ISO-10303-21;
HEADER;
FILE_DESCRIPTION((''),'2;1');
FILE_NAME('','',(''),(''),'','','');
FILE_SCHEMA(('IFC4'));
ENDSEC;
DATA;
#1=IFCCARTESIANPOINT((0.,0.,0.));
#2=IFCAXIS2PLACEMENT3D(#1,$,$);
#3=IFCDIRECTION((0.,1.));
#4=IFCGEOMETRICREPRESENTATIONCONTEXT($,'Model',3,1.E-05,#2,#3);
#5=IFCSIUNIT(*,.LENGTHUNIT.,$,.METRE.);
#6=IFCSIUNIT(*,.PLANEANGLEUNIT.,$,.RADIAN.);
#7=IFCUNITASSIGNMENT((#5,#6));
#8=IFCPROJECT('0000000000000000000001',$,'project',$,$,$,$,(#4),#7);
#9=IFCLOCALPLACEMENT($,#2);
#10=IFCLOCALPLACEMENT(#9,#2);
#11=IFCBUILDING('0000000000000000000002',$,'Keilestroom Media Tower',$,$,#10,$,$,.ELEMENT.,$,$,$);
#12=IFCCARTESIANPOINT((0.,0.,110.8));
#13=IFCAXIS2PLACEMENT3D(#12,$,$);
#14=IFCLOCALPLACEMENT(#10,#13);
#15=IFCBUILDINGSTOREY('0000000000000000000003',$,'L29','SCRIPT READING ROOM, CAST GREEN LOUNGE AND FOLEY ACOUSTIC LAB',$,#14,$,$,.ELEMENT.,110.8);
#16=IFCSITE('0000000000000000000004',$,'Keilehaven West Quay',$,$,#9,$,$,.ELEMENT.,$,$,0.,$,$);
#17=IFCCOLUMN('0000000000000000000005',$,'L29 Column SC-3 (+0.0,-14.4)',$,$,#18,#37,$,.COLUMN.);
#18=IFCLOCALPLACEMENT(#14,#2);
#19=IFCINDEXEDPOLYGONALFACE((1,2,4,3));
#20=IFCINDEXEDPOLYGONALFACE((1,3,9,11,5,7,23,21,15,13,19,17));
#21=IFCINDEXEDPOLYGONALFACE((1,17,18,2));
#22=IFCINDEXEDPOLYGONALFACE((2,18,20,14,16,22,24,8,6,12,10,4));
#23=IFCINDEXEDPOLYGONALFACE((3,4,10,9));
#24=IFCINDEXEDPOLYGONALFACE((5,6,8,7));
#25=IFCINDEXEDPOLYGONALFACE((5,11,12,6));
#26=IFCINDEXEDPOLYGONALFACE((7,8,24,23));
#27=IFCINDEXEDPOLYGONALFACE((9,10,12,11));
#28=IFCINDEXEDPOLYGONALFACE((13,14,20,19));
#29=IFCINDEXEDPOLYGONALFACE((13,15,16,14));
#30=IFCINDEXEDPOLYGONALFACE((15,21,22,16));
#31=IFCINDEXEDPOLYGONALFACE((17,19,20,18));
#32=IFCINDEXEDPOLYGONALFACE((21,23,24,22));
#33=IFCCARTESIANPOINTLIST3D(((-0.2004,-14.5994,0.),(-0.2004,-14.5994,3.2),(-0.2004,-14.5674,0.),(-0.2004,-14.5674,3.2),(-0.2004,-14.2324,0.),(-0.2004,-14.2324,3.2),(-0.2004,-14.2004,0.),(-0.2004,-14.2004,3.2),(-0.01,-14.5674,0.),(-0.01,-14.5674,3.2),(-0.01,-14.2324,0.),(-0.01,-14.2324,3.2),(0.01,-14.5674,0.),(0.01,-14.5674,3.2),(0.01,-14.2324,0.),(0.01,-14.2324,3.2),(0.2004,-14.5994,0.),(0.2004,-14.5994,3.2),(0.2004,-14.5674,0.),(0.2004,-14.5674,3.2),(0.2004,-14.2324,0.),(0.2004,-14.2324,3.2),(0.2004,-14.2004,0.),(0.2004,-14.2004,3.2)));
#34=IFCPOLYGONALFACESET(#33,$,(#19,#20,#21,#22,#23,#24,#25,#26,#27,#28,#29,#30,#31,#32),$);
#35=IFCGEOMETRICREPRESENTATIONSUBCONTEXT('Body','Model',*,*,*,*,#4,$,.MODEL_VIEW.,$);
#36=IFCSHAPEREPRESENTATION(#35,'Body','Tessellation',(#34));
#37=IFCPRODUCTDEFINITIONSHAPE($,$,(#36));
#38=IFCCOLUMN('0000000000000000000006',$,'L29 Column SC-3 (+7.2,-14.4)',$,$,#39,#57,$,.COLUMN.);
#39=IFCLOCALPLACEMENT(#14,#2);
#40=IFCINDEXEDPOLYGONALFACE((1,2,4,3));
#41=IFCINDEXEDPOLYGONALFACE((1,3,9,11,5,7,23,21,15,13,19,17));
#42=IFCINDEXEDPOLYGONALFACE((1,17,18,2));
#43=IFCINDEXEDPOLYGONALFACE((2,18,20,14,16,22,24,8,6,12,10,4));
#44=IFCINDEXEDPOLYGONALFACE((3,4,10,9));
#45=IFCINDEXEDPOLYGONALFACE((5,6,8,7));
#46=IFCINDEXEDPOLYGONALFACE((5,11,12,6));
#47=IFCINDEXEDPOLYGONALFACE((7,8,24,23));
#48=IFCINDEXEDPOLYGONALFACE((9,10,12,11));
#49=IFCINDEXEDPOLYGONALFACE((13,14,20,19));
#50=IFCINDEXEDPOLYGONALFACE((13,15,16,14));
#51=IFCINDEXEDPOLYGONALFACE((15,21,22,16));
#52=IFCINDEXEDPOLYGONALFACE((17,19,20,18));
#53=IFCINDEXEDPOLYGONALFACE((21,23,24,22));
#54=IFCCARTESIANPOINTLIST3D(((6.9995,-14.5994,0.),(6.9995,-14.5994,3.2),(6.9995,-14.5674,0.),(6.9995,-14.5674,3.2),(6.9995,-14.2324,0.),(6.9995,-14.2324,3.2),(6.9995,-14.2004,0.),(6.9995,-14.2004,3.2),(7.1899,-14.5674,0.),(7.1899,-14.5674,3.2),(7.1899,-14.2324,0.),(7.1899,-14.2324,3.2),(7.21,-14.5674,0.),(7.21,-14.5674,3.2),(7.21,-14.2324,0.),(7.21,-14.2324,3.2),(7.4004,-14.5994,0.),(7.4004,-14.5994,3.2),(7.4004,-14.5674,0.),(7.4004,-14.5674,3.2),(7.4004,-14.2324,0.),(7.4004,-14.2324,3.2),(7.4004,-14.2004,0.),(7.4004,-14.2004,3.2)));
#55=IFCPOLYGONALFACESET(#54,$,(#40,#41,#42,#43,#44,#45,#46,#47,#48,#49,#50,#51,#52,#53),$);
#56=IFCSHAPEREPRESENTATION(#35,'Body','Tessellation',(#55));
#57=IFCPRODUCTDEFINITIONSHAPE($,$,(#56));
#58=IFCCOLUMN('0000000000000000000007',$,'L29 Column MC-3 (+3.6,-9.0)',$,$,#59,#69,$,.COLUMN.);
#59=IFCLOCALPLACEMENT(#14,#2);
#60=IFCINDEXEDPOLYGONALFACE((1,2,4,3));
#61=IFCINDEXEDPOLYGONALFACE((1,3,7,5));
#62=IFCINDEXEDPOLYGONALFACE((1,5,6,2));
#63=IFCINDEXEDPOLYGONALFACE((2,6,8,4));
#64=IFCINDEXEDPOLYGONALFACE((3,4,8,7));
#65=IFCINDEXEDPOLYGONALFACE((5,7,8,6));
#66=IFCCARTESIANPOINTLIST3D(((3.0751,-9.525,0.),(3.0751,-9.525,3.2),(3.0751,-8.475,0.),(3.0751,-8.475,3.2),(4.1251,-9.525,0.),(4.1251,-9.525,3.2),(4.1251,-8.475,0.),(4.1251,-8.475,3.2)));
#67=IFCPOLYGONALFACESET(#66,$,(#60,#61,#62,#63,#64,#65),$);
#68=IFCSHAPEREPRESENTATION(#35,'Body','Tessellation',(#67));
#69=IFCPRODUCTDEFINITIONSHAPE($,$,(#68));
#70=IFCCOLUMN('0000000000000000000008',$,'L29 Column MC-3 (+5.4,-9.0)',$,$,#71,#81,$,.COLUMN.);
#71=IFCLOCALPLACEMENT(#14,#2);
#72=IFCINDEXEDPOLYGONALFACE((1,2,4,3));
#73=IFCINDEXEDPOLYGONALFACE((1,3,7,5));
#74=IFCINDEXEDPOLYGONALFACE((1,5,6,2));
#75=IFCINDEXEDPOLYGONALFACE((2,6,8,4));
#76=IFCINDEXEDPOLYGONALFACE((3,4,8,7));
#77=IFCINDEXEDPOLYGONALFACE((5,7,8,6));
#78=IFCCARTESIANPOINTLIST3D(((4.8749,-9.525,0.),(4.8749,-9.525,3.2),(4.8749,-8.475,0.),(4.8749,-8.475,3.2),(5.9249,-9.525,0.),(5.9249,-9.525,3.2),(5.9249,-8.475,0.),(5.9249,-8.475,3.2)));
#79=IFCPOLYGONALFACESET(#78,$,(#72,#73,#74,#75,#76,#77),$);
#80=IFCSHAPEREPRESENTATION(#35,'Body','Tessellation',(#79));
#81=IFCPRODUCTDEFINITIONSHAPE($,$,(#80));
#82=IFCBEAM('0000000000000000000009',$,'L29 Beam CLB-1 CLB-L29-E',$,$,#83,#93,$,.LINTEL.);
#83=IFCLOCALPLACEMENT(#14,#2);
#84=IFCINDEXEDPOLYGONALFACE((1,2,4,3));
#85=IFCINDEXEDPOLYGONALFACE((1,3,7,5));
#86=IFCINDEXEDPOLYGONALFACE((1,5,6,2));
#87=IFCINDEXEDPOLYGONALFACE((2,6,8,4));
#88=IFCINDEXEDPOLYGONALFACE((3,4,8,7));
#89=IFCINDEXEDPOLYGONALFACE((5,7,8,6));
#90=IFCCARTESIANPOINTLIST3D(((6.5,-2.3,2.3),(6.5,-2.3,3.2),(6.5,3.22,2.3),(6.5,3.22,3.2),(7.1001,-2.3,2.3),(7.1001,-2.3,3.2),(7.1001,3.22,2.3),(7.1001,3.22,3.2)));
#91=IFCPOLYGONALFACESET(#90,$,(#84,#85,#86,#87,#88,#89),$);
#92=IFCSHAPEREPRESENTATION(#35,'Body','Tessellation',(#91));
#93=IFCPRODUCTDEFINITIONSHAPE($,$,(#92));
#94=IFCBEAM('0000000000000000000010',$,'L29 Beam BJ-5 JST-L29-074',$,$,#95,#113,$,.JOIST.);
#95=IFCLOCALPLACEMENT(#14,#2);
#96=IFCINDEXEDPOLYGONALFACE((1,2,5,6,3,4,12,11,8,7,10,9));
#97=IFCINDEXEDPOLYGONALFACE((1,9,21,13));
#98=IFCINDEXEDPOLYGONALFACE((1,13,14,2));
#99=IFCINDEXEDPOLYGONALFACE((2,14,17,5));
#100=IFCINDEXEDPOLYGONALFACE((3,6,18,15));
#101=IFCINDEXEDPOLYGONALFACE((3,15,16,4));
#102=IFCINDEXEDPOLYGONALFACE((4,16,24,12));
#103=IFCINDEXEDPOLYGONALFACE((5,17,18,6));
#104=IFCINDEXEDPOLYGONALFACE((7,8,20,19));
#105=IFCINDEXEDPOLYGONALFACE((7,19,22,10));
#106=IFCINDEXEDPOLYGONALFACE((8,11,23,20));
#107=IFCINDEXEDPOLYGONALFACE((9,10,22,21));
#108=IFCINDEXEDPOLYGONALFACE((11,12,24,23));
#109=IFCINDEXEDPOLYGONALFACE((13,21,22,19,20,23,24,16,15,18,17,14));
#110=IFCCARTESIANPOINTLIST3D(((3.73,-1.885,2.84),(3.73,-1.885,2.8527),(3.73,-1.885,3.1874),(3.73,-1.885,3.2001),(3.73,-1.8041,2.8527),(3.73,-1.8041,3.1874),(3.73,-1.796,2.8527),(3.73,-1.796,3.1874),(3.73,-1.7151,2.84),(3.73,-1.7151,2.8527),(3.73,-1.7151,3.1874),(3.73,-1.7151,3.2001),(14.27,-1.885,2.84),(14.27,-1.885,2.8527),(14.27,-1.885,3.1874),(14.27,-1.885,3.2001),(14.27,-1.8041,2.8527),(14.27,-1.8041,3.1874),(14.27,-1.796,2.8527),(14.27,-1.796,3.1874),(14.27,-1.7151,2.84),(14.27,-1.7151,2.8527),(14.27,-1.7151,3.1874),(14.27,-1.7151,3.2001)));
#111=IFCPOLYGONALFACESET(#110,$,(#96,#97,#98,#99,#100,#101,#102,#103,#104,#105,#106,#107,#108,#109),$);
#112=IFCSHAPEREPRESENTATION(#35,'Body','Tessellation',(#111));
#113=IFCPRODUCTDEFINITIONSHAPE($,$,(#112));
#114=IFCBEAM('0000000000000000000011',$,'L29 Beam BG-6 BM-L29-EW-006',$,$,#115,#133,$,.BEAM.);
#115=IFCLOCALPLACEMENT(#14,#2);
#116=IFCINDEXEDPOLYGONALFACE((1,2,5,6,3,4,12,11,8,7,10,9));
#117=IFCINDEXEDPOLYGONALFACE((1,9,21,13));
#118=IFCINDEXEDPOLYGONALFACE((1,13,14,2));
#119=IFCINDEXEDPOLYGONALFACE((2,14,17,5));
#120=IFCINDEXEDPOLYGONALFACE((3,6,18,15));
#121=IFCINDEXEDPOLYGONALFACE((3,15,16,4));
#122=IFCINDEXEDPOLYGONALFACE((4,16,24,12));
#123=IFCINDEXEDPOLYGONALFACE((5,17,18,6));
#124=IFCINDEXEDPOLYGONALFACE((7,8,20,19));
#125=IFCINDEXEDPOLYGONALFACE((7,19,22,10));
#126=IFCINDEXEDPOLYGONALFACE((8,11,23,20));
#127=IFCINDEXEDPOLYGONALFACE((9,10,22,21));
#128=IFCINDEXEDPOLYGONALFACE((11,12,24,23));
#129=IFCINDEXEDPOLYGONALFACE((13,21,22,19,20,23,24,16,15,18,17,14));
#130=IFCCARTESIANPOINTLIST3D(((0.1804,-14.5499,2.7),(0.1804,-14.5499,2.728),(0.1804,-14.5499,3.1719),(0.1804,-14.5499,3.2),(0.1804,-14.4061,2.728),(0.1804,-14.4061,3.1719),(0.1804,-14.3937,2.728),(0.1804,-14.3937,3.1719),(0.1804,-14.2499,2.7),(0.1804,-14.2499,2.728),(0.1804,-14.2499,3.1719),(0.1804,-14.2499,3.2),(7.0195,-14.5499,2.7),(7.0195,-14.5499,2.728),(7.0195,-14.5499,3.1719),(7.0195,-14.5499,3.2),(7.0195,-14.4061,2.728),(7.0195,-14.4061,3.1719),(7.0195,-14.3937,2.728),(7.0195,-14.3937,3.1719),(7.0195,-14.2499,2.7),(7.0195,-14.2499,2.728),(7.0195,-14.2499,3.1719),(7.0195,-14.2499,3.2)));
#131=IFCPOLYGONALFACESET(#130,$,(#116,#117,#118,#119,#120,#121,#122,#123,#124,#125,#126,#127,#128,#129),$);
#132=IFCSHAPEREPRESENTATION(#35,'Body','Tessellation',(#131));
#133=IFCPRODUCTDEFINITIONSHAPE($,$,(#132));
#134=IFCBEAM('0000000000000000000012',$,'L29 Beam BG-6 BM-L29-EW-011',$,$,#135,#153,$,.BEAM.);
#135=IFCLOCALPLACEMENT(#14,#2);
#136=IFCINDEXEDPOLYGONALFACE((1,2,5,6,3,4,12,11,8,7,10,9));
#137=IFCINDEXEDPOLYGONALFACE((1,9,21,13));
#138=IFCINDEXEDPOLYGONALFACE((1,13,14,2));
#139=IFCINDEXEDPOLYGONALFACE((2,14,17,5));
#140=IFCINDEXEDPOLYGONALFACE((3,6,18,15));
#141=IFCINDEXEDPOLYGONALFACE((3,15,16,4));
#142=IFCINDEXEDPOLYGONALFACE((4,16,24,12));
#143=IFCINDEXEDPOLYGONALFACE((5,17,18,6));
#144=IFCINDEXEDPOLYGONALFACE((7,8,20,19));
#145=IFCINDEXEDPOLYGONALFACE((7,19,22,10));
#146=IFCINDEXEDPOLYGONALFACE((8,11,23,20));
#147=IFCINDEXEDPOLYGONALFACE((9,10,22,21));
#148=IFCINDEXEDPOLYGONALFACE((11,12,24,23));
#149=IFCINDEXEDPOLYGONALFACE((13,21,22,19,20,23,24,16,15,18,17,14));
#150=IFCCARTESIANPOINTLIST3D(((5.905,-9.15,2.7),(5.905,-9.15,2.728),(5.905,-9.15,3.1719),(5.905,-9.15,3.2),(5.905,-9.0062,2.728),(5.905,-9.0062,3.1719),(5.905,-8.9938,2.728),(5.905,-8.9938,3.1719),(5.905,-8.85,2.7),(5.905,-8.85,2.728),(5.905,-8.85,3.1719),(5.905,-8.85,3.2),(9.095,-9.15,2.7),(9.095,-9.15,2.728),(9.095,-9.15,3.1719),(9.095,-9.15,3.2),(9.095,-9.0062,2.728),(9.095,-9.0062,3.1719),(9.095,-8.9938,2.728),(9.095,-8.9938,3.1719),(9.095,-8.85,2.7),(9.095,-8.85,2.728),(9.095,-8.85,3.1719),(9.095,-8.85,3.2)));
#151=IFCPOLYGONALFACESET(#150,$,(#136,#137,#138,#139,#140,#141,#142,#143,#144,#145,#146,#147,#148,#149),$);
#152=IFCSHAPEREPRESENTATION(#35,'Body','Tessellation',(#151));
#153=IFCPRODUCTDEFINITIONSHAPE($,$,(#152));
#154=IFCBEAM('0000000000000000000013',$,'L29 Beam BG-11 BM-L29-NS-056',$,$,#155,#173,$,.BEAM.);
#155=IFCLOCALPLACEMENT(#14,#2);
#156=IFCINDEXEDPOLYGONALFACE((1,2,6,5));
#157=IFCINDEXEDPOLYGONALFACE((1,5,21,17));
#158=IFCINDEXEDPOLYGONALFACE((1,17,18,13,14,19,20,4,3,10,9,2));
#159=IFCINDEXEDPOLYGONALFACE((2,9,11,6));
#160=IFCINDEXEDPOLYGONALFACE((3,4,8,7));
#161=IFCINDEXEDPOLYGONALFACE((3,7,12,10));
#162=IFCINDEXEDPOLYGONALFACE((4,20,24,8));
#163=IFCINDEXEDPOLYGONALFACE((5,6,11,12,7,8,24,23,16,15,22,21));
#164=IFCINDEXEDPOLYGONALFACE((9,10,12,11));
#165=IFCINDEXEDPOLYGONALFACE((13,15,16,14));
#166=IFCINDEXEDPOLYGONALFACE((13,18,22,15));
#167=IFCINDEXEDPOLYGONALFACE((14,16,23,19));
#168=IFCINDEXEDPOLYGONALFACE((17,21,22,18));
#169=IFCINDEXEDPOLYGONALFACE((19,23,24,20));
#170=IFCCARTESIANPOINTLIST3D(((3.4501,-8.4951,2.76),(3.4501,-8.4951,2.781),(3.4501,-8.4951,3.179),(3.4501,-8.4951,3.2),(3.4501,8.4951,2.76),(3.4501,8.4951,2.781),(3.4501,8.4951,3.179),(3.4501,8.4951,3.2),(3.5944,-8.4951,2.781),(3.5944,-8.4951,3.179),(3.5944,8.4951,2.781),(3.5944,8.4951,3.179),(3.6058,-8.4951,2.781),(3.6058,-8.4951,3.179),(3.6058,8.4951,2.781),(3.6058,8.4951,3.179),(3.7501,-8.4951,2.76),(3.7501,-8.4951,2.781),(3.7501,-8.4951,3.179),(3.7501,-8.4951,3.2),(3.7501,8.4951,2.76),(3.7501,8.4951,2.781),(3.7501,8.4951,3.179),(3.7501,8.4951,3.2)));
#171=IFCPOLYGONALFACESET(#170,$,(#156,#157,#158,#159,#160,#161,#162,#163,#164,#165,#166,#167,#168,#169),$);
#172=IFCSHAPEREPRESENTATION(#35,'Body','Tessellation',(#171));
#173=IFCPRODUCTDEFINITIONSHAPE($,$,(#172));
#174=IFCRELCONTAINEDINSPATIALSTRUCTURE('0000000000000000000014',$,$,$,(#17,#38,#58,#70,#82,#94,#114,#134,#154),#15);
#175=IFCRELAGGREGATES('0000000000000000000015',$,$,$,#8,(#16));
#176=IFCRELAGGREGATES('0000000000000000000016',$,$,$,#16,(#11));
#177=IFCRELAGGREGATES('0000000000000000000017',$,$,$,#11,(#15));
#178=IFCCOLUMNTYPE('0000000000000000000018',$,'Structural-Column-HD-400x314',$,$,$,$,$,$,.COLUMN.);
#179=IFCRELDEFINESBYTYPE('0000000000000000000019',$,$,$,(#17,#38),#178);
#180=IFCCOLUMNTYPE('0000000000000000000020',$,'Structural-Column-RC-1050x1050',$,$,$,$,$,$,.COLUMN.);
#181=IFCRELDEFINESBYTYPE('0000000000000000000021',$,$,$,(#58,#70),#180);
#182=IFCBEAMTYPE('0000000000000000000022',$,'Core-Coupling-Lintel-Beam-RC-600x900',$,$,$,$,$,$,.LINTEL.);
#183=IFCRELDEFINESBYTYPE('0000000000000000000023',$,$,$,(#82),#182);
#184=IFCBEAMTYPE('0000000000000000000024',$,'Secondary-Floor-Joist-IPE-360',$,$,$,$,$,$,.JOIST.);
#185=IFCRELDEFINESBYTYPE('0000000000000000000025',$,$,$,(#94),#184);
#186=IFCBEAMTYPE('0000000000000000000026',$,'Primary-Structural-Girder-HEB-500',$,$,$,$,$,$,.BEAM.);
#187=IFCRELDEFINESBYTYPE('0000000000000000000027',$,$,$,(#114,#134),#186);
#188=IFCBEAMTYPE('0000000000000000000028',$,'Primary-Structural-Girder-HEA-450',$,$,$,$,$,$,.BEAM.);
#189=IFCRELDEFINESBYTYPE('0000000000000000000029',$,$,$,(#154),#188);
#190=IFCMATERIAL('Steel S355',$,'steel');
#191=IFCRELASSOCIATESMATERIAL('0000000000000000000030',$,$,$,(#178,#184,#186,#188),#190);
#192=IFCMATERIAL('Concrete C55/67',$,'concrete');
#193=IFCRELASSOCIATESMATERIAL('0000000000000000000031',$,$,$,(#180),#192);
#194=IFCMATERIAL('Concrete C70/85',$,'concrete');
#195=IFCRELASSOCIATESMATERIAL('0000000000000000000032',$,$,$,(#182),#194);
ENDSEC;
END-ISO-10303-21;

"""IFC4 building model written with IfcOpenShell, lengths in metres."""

from ifc_helpers import new_model, si_unit, direction, frame, origin, origin_2d, place, context, subcontext, project, spatial, rectangle, i_section, extrude, source, transform, mapped, material, material_profile, profile_set, type_object, element, save


model = new_model("IFC4")

# Units and contexts
model_context = context("Model", 3, precision=1e-05, world=origin(), true_north=direction((0.0, 1.0)))
body_context = subcontext(model_context, "Body", "Model", "MODEL_VIEW")
ifc_project = project(units=[si_unit("LENGTHUNIT", "METRE"), si_unit("PLANEANGLEUNIT", "RADIAN")], contexts=[model_context])

# Site, building, storey
site_placement = place(None, origin())
site = spatial("IfcSite", under=ifc_project, at=site_placement, Name="Keilehaven West Quay", CompositionType="ELEMENT", RefElevation=0.0)
building_placement = place(site_placement, origin())
building = spatial("IfcBuilding", under=site, at=building_placement, Name="Keilestroom Media Tower", CompositionType="ELEMENT")
storey_placement = place(building_placement, frame((0.0, 0.0, 110.8)))
storey = spatial("IfcBuildingStorey", under=building, at=storey_placement, Name="L29", Description="SCRIPT READING ROOM, CAST GREEN LOUNGE AND FOLEY ACOUSTIC LAB", CompositionType="ELEMENT", Elevation=110.8)

# Columns
ifc_material_1 = material(Name="Steel S355", Category="steel")
ifc_material_profile_1 = material_profile(ifc_material_1, i_section(OverallWidth=0.4009, OverallDepth=0.3989, WebThickness=0.02, FlangeThickness=0.032, at=origin_2d()), Name="HD 400x314")
ifc_profile_set_1 = profile_set([ifc_material_profile_1], Name="Steel S355")
column_type_1 = type_object("IfcColumnType", Name="Structural-Column-HD-400x314", PredefinedType="COLUMN", material=ifc_profile_set_1)
shared_shape_1 = source(origin(), body_context, "Body", "SweptSolid", [
    extrude(i_section(OverallWidth=0.4009, OverallDepth=0.3989, WebThickness=0.02, FlangeThickness=0.032, at=origin_2d()), origin(), (0.0, 0.0, 1.0), 3.2),
])
for number, where, z_axis, x_axis, name in (
    (1, (0.0, -14.3999, 0.0), (0.0, 0.0, 1.0), (1.0, 0.0, 0.0), "L29 Column SC-3 (+0.0,-14.4)"),
    (2, (7.2, -14.3999, 0.0), (0.0, 0.0, 1.0), (1.0, 0.0, 0.0), "L29 Column SC-3 (+7.2,-14.4)"),
):
    element("IfcColumn", number, at=place(storey_placement, frame(where, z_axis=z_axis, x_axis=x_axis)), inside=storey, type_object=column_type_1, Name=name, PredefinedType="COLUMN", context=body_context, shape_type="MappedRepresentation", body=[
        mapped(shared_shape_1, transform((0.0, 0.0, 0.0), x_axis=(1.0, 0.0, 0.0), y_axis=(0.0, 1.0, 0.0), z_axis=(0.0, 0.0, 1.0), scale=1.0)),
    ])
ifc_material_2 = material(Name="Concrete C55/67", Category="concrete")
ifc_material_profile_2 = material_profile(ifc_material_2, rectangle(XDim=1.05, YDim=1.05, at=origin_2d()), Name="RC 1050x1050")
ifc_profile_set_2 = profile_set([ifc_material_profile_2], Name="Concrete C55/67")
column_type_2 = type_object("IfcColumnType", Name="Structural-Column-RC-1050x1050", PredefinedType="COLUMN", material=ifc_profile_set_2)
shared_shape_2 = source(origin(), body_context, "Body", "SweptSolid", [
    extrude(rectangle(XDim=1.05, YDim=1.05, at=origin_2d()), origin(), (0.0, 0.0, 1.0), 3.2),
])
for number, where, z_axis, x_axis, name in (
    (3, (3.6001, -9.0, 0.0), (0.0, 0.0, 1.0), (1.0, 0.0, 0.0), "L29 Column MC-3 (+3.6,-9.0)"),
    (4, (5.3999, -9.0, 0.0), (0.0, 0.0, 1.0), (1.0, 0.0, 0.0), "L29 Column MC-3 (+5.4,-9.0)"),
):
    element("IfcColumn", number, at=place(storey_placement, frame(where, z_axis=z_axis, x_axis=x_axis)), inside=storey, type_object=column_type_2, Name=name, PredefinedType="COLUMN", context=body_context, shape_type="MappedRepresentation", body=[
        mapped(shared_shape_2, transform((0.0, 0.0, 0.0), x_axis=(1.0, 0.0, 0.0), y_axis=(0.0, 1.0, 0.0), z_axis=(0.0, 0.0, 1.0), scale=1.0)),
    ])

# Beams
ifc_material_3 = material(Name="Concrete C70/85", Category="concrete")
ifc_material_profile_3 = material_profile(ifc_material_3, rectangle(XDim=0.6001, YDim=0.8999, at=origin_2d()), Name="RC 600x900")
ifc_profile_set_3 = profile_set([ifc_material_profile_3], Name="Concrete C70/85")
beam_type_1 = type_object("IfcBeamType", Name="Core-Coupling-Lintel-Beam-RC-600x900", PredefinedType="LINTEL", material=ifc_profile_set_3)
shared_shape_3 = source(origin(), body_context, "Body", "SweptSolid", [
    extrude(rectangle(XDim=0.6001, YDim=0.8999, at=origin_2d()), origin(), (0.0, 0.0, 1.0), 5.52),
])
beam_1_placement = place(storey_placement, frame((6.8, -2.3, 2.75), z_axis=(0.0, 1.0, 0.0), x_axis=(-1.0, 0.0, 0.0)))
element("IfcBeam", 5, at=beam_1_placement, inside=storey, type_object=beam_type_1, Name="L29 Beam CLB-1 CLB-L29-E", PredefinedType="LINTEL", context=body_context, shape_type="MappedRepresentation", body=[
    mapped(shared_shape_3, transform((0.0, 0.0, 0.0), x_axis=(1.0, 0.0, 0.0), y_axis=(0.0, 1.0, 0.0), z_axis=(0.0, 0.0, 1.0), scale=1.0)),
])
ifc_material_profile_4 = material_profile(ifc_material_1, i_section(OverallWidth=0.1699, OverallDepth=0.3601, WebThickness=0.0081, FlangeThickness=0.0127, at=origin_2d()), Name="IPE 360")
ifc_profile_set_4 = profile_set([ifc_material_profile_4], Name="Steel S355")
beam_type_2 = type_object("IfcBeamType", Name="Secondary-Floor-Joist-IPE-360", PredefinedType="JOIST", material=ifc_profile_set_4)
shared_shape_4 = source(origin(), body_context, "Body", "SweptSolid", [
    extrude(i_section(OverallWidth=0.1699, OverallDepth=0.3601, WebThickness=0.0081, FlangeThickness=0.0127, at=origin_2d()), origin(), (0.0, 0.0, 1.0), 10.54),
])
beam_2_placement = place(storey_placement, frame((3.73, -1.8, 3.02), z_axis=(1.0, 0.0, 0.0), x_axis=(0.0, 1.0, 0.0)))
element("IfcBeam", 6, at=beam_2_placement, inside=storey, type_object=beam_type_2, Name="L29 Beam BJ-5 JST-L29-074", PredefinedType="JOIST", context=body_context, shape_type="MappedRepresentation", body=[
    mapped(shared_shape_4, transform((0.0, 0.0, 0.0), x_axis=(1.0, 0.0, 0.0), y_axis=(0.0, 1.0, 0.0), z_axis=(0.0, 0.0, 1.0), scale=1.0)),
])
ifc_material_profile_5 = material_profile(ifc_material_1, i_section(OverallWidth=0.3, OverallDepth=0.5, WebThickness=0.0125, FlangeThickness=0.0281, at=origin_2d()), Name="HEB 500")
ifc_profile_set_5 = profile_set([ifc_material_profile_5], Name="Steel S355")
beam_type_3 = type_object("IfcBeamType", Name="Primary-Structural-Girder-HEB-500", PredefinedType="BEAM", material=ifc_profile_set_5)
shared_shape_5 = source(origin(), body_context, "Body", "SweptSolid", [
    extrude(i_section(OverallWidth=0.3, OverallDepth=0.5, WebThickness=0.0125, FlangeThickness=0.0281, at=origin_2d()), origin(), (0.0, 0.0, 1.0), 6.8391),
])
beam_3_placement = place(storey_placement, frame((0.1804, -14.3999, 2.95), z_axis=(1.0, 0.0, 0.0), x_axis=(0.0, 1.0, 0.0)))
element("IfcBeam", 7, at=beam_3_placement, inside=storey, type_object=beam_type_3, Name="L29 Beam BG-6 BM-L29-EW-006", PredefinedType="BEAM", context=body_context, shape_type="MappedRepresentation", body=[
    mapped(shared_shape_5, transform((0.0, 0.0, 0.0), x_axis=(1.0, 0.0, 0.0), y_axis=(0.0, 1.0, 0.0), z_axis=(0.0, 0.0, 1.0), scale=1.0)),
])
shared_shape_6 = source(origin(), body_context, "Body", "SweptSolid", [
    extrude(i_section(OverallWidth=0.3, OverallDepth=0.5, WebThickness=0.0125, FlangeThickness=0.0281, at=origin_2d()), origin(), (0.0, 0.0, 1.0), 3.1899),
])
beam_4_placement = place(storey_placement, frame((5.905, -9.0, 2.95), z_axis=(1.0, 0.0, 0.0), x_axis=(0.0, 1.0, 0.0)))
element("IfcBeam", 8, at=beam_4_placement, inside=storey, type_object=beam_type_3, Name="L29 Beam BG-6 BM-L29-EW-011", PredefinedType="BEAM", context=body_context, shape_type="MappedRepresentation", body=[
    mapped(shared_shape_6, transform((0.0, 0.0, 0.0), x_axis=(1.0, 0.0, 0.0), y_axis=(0.0, 1.0, 0.0), z_axis=(0.0, 0.0, 1.0), scale=1.0)),
])
ifc_material_profile_6 = material_profile(ifc_material_1, i_section(OverallWidth=0.3, OverallDepth=0.4399, WebThickness=0.0115, FlangeThickness=0.021, at=origin_2d()), Name="HEA 450")
ifc_profile_set_6 = profile_set([ifc_material_profile_6], Name="Steel S355")
beam_type_4 = type_object("IfcBeamType", Name="Primary-Structural-Girder-HEA-450", PredefinedType="BEAM", material=ifc_profile_set_6)
shared_shape_7 = source(origin(), body_context, "Body", "SweptSolid", [
    extrude(i_section(OverallWidth=0.3, OverallDepth=0.4399, WebThickness=0.0115, FlangeThickness=0.021, at=origin_2d()), origin(), (0.0, 0.0, 1.0), 16.9902),
])
beam_5_placement = place(storey_placement, frame((3.6001, -8.4951, 2.98), z_axis=(0.0, 1.0, 0.0), x_axis=(-1.0, 0.0, 0.0)))
element("IfcBeam", 9, at=beam_5_placement, inside=storey, type_object=beam_type_4, Name="L29 Beam BG-11 BM-L29-NS-056", PredefinedType="BEAM", context=body_context, shape_type="MappedRepresentation", body=[
    mapped(shared_shape_7, transform((0.0, 0.0, 0.0), x_axis=(1.0, 0.0, 0.0), y_axis=(0.0, 1.0, 0.0), z_axis=(0.0, 0.0, 1.0), scale=1.0)),
])

save(model, "model.ifc")
